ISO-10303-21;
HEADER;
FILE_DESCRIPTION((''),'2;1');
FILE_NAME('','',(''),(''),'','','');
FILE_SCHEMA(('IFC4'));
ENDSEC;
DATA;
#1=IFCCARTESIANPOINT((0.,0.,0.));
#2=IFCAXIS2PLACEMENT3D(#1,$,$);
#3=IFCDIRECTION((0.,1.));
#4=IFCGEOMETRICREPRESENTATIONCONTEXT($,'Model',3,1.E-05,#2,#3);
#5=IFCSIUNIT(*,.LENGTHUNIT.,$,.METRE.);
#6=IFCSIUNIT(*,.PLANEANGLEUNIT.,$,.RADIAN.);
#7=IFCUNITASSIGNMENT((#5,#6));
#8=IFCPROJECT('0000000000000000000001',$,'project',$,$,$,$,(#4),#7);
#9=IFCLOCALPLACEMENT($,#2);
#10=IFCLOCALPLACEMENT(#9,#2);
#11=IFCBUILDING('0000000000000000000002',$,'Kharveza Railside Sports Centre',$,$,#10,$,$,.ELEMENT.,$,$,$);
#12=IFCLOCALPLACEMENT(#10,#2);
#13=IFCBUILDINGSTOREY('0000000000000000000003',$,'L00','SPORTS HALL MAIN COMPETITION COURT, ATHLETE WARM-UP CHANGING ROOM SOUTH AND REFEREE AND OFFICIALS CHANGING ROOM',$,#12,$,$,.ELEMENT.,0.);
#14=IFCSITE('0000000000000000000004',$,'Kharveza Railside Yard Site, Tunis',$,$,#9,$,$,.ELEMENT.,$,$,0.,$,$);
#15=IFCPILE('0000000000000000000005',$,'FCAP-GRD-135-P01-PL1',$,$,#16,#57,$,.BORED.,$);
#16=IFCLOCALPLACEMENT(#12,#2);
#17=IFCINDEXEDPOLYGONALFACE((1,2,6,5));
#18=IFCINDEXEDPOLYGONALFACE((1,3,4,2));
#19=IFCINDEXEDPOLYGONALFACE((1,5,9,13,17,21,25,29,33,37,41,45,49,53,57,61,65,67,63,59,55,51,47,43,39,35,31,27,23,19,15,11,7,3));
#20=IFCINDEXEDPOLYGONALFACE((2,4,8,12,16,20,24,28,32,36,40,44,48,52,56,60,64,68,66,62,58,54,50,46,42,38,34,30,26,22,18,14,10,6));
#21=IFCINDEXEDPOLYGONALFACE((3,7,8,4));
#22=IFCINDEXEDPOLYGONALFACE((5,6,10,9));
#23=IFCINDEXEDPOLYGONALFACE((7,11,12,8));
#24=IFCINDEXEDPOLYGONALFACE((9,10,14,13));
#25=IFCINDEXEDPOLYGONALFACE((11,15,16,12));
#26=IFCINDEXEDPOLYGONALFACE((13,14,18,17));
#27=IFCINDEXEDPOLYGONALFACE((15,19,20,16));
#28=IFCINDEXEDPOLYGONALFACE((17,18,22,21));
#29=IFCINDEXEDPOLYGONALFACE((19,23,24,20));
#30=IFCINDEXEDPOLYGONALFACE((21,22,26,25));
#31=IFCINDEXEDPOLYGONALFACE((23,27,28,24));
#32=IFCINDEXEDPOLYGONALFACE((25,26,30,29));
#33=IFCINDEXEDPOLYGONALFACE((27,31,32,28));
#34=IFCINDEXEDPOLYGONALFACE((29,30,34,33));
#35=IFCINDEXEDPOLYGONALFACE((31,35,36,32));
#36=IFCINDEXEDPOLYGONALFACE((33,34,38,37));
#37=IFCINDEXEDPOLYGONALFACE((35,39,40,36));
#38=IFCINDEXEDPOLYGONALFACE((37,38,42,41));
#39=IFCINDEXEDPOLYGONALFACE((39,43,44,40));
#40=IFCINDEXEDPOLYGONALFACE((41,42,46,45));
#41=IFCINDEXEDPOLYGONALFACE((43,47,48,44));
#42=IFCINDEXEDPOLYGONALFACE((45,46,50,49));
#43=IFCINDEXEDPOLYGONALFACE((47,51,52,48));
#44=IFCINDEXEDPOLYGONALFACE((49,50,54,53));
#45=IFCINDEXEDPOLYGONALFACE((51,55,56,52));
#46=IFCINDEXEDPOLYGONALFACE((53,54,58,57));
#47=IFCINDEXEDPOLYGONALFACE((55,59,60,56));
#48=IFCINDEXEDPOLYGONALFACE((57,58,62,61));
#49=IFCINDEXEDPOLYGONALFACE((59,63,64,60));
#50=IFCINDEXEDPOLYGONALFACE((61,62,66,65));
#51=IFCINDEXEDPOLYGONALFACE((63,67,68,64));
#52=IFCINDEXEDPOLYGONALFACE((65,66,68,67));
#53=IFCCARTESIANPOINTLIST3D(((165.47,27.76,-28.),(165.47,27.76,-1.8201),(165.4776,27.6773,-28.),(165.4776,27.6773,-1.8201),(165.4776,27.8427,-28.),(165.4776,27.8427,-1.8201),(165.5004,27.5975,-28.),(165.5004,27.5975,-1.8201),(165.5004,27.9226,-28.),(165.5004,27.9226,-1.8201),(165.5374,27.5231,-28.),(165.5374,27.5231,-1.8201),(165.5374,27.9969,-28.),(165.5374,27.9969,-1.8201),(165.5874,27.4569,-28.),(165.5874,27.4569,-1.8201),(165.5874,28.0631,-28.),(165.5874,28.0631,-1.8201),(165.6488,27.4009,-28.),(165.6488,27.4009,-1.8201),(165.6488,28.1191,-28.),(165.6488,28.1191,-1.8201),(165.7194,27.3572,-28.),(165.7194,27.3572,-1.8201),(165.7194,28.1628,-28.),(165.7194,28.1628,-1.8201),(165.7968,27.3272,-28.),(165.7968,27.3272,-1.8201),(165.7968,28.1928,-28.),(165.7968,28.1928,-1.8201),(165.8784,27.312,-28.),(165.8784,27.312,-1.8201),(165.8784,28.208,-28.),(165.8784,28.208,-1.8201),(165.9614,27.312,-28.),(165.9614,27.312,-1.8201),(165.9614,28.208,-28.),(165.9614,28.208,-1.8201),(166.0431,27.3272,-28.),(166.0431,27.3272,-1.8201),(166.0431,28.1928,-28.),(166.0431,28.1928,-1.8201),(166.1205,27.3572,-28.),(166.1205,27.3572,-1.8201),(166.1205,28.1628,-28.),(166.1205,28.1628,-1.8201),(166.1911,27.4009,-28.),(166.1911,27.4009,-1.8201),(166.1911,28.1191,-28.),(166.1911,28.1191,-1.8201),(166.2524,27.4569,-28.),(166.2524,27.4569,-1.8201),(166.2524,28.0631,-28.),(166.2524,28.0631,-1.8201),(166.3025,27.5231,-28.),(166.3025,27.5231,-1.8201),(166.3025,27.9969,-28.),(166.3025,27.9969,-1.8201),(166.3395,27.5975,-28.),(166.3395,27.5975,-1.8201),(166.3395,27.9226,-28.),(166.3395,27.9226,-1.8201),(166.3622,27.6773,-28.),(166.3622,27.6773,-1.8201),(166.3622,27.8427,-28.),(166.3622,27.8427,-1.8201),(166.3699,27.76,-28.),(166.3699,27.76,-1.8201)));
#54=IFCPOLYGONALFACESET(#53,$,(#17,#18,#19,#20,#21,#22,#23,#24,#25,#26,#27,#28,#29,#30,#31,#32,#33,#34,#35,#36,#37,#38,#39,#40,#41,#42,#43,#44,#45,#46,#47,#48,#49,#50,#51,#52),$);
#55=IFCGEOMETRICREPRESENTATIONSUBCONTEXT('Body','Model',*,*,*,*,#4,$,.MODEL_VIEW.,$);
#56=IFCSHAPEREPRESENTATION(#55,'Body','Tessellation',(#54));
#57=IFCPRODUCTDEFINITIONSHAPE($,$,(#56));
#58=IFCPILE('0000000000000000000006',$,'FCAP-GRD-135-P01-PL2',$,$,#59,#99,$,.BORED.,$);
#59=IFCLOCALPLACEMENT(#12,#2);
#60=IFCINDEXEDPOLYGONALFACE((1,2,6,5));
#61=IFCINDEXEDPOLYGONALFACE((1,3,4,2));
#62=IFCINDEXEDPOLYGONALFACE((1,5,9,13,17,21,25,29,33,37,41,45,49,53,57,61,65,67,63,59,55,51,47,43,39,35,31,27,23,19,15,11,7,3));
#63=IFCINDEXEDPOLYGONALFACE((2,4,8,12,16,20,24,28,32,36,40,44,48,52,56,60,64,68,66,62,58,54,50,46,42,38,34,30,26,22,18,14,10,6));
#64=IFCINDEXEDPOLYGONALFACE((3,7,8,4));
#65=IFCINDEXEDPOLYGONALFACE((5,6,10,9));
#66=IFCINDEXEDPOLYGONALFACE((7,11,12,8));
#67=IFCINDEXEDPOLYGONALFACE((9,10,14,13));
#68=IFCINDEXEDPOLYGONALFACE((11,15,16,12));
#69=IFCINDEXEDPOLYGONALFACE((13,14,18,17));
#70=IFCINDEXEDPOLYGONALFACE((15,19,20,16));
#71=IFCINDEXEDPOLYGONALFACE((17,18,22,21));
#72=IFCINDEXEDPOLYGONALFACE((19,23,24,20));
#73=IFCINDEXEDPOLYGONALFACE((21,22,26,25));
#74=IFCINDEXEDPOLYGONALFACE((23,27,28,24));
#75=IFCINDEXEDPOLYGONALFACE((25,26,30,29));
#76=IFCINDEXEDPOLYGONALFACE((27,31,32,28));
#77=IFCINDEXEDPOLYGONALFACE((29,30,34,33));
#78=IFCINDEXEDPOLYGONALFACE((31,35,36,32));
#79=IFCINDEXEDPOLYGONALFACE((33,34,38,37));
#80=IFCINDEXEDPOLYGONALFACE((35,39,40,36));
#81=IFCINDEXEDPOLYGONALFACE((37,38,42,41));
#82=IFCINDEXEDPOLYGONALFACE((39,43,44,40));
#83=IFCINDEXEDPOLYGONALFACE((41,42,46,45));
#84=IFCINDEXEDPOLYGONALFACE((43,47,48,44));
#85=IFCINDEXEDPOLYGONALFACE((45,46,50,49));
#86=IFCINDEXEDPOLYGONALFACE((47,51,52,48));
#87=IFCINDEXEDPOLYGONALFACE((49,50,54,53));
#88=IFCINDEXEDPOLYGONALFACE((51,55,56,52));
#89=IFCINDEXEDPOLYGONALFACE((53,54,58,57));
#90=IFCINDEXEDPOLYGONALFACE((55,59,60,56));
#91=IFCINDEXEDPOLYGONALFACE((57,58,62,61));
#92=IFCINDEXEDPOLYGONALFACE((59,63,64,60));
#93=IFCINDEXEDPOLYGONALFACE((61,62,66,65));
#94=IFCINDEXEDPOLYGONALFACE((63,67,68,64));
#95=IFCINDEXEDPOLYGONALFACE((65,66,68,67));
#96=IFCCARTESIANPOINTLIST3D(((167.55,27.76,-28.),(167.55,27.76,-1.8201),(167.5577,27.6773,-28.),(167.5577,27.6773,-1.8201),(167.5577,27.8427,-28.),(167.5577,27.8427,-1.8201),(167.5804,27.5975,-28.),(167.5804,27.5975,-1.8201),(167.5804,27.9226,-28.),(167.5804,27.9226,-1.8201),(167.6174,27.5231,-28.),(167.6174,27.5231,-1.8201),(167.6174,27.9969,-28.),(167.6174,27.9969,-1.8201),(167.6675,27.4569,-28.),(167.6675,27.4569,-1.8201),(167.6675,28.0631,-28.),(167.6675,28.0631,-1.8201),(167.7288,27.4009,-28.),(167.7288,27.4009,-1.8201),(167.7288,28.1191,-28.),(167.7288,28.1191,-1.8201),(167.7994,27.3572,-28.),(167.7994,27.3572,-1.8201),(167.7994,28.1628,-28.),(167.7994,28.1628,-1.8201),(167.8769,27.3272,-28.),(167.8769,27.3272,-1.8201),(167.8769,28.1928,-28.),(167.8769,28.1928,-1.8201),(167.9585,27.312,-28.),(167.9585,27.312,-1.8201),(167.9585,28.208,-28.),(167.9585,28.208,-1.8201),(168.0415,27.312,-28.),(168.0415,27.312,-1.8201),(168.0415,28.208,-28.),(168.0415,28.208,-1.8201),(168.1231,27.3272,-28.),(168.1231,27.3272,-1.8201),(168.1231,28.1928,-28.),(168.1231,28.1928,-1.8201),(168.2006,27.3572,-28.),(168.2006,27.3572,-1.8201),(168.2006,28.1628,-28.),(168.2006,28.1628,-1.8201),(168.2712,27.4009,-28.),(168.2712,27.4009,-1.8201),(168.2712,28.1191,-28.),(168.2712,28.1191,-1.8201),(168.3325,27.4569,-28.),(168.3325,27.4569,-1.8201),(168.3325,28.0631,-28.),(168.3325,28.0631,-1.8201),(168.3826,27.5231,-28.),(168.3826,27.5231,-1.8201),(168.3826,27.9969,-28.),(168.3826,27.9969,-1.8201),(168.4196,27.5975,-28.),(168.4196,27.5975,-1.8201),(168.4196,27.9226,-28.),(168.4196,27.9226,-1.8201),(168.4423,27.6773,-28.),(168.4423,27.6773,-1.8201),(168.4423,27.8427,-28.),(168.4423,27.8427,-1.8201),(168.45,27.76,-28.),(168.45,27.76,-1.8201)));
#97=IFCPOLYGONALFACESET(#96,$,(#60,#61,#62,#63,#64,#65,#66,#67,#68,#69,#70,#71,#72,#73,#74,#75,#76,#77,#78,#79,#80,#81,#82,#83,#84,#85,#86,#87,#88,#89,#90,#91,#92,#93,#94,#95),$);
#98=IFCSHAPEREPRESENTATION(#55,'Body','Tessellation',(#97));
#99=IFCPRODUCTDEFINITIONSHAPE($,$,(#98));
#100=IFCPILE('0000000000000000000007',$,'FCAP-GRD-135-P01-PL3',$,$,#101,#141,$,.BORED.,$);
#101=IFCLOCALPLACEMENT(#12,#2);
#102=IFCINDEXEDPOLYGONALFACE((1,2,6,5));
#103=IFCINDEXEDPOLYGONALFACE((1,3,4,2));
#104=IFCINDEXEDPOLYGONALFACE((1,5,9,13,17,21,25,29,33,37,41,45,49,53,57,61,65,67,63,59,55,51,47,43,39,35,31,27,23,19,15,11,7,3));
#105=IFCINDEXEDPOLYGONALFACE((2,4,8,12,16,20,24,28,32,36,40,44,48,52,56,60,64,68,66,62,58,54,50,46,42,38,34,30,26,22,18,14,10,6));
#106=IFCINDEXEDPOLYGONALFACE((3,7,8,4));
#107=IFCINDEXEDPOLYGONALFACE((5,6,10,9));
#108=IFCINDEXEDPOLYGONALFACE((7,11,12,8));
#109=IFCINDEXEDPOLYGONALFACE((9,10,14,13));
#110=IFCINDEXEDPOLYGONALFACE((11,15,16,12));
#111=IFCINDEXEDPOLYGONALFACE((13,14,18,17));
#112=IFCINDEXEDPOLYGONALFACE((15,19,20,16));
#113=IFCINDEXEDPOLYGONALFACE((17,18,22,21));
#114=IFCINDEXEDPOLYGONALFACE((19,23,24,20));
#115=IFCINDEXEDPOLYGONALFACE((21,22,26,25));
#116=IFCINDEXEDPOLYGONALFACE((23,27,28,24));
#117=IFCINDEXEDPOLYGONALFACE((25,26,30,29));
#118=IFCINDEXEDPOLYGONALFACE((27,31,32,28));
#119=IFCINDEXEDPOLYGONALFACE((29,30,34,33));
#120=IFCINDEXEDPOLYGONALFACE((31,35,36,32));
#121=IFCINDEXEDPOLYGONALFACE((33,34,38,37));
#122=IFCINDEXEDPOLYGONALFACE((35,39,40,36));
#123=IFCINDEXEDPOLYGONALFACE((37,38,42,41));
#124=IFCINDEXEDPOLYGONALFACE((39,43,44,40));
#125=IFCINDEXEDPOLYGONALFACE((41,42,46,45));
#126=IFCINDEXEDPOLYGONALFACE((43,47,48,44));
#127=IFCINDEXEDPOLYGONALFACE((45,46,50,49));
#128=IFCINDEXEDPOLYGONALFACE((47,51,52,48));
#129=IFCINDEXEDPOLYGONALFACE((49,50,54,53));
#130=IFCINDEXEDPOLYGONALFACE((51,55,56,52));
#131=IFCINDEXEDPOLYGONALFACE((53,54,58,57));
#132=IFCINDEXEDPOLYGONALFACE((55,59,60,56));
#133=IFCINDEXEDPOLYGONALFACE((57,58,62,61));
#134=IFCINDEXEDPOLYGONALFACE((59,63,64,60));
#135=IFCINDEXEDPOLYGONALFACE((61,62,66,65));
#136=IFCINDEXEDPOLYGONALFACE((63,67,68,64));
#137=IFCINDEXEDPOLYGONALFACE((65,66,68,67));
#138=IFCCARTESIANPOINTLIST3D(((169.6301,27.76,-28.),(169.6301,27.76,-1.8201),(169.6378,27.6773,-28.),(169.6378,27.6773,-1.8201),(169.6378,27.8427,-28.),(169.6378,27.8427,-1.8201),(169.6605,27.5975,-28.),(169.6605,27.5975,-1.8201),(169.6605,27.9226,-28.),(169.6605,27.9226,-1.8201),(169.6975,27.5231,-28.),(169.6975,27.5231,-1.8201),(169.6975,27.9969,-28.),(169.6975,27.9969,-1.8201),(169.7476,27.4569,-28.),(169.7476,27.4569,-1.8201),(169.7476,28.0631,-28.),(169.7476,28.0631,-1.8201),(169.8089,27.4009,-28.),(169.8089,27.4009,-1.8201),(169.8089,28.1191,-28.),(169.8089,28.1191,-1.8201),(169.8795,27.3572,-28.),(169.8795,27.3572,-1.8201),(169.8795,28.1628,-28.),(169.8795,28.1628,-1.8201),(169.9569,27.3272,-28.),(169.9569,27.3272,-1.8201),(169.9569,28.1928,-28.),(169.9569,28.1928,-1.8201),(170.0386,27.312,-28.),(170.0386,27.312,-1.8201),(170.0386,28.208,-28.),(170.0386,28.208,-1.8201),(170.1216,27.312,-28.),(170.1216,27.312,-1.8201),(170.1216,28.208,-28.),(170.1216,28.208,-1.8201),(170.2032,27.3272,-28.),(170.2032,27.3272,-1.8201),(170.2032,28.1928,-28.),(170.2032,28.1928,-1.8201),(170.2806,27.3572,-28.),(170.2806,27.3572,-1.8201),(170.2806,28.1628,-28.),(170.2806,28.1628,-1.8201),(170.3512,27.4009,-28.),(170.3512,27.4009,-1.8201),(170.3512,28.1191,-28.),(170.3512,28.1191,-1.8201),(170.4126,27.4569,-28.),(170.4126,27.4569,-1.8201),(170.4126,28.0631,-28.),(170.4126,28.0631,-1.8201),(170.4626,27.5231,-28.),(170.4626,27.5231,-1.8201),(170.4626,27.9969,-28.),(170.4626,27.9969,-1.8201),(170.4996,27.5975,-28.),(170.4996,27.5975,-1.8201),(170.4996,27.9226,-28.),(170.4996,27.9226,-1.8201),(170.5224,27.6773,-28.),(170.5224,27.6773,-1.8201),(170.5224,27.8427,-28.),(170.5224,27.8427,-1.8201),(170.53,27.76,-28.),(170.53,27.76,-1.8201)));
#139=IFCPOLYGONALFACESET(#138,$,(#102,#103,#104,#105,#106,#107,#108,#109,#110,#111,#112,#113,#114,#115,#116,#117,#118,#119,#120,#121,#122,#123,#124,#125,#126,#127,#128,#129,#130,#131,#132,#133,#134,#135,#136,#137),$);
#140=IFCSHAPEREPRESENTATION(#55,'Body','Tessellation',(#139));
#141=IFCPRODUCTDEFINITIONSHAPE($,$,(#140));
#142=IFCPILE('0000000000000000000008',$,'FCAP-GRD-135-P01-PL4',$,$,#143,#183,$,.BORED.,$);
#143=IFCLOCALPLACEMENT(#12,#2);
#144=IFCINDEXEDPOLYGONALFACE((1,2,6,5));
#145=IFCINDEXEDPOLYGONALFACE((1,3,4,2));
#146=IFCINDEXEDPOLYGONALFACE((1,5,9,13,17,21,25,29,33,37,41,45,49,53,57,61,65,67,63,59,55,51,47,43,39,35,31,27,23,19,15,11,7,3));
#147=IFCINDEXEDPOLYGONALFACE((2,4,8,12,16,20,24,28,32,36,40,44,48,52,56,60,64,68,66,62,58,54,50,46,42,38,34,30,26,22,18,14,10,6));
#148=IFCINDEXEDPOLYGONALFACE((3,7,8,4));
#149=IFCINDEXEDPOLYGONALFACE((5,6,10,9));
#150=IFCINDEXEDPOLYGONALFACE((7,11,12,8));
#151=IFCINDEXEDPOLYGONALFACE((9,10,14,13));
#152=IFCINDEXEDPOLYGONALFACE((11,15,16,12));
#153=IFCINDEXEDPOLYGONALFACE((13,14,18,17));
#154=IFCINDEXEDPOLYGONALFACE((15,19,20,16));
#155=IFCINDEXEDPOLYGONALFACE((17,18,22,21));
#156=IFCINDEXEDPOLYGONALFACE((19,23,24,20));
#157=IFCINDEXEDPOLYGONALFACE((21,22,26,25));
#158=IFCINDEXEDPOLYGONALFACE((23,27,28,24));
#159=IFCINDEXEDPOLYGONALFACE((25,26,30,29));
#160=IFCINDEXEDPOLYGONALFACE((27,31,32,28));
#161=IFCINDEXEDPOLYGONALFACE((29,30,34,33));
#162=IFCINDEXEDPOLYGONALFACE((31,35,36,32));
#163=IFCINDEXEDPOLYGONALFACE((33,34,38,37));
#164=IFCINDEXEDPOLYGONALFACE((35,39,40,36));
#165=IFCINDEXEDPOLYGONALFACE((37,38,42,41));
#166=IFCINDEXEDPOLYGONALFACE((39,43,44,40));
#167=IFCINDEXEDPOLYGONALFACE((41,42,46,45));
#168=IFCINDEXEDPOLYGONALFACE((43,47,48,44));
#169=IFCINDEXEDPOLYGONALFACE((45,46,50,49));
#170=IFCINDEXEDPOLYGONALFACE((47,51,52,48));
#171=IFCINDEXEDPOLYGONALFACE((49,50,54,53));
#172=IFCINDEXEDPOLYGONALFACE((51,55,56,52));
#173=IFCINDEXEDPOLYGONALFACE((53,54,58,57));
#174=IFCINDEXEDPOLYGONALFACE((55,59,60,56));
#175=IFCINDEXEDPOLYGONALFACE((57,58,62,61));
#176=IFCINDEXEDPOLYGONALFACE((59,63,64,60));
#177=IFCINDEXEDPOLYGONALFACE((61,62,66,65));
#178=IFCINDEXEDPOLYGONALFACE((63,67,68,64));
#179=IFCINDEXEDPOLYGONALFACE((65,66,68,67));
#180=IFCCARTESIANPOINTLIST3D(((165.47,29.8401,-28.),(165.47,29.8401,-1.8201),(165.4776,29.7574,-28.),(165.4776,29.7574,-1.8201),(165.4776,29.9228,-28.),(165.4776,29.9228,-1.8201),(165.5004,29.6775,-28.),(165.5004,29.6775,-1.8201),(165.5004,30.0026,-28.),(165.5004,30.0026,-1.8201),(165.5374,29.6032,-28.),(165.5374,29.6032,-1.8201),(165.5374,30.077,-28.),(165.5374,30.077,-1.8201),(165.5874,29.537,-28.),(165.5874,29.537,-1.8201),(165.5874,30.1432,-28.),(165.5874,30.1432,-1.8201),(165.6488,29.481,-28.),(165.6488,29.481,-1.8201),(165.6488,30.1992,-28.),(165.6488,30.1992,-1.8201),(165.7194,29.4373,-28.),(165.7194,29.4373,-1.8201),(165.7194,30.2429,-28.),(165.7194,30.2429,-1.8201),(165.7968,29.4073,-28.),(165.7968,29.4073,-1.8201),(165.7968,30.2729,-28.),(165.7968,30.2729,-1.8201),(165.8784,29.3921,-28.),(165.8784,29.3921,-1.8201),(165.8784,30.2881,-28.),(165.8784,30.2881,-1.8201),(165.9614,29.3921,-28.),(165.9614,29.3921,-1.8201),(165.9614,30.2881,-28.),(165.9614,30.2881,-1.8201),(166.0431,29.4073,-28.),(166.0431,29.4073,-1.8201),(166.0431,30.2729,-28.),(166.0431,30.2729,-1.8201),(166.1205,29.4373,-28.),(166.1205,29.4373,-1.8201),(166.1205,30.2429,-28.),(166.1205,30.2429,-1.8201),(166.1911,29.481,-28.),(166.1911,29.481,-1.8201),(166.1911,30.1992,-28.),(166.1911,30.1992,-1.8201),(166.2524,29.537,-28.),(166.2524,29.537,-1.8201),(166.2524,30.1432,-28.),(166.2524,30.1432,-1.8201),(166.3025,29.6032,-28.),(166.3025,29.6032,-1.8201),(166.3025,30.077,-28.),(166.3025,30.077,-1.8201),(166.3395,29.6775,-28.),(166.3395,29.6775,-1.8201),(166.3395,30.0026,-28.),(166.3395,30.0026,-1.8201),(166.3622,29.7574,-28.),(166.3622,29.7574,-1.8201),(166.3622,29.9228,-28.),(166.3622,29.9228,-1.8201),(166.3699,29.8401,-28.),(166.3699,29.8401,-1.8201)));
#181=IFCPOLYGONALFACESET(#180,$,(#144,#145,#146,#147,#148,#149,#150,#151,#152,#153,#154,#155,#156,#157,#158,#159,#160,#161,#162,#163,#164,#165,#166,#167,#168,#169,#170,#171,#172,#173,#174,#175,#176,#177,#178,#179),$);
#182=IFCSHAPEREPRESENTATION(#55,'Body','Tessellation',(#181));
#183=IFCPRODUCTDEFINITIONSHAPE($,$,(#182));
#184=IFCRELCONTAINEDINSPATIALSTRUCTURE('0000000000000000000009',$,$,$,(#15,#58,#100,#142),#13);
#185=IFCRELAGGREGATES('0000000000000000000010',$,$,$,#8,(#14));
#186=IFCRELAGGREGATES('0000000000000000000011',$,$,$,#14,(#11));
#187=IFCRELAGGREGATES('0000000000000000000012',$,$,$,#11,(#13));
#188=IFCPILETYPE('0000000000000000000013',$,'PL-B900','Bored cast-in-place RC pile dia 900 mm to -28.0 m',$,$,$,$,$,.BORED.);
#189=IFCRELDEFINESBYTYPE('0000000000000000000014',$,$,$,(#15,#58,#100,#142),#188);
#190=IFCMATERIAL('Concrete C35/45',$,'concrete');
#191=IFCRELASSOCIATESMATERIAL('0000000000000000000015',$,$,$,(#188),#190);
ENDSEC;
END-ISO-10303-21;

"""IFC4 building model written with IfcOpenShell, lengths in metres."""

from ifc_helpers import new_model, si_unit, direction, frame, origin, origin_2d, place, context, subcontext, project, spatial, circle, extrude, material, material_profile, profile_set, type_object, element, save


model = new_model("IFC4")

# Units and contexts
model_context = context("Model", 3, precision=1e-05, world=origin(), true_north=direction((0.0, 1.0)))
body_context = subcontext(model_context, "Body", "Model", "MODEL_VIEW")
ifc_project = project(units=[si_unit("LENGTHUNIT", "METRE"), si_unit("PLANEANGLEUNIT", "RADIAN")], contexts=[model_context])

# Site, building, storey
site_placement = place(None, origin())
site = spatial("IfcSite", under=ifc_project, at=site_placement, Name="Kharveza Railside Yard Site, Tunis", CompositionType="ELEMENT", RefElevation=0.0)
building_placement = place(site_placement, origin())
building = spatial("IfcBuilding", under=site, at=building_placement, Name="Kharveza Railside Sports Centre", CompositionType="ELEMENT")
storey_placement = place(building_placement, origin())
storey = spatial("IfcBuildingStorey", under=building, at=storey_placement, Name="L00", Description="SPORTS HALL MAIN COMPETITION COURT, ATHLETE WARM-UP CHANGING ROOM SOUTH AND REFEREE AND OFFICIALS CHANGING ROOM", CompositionType="ELEMENT", Elevation=0.0)

# Shared definitions
ifc_material_1 = material(Name="Concrete C35/45", Category="concrete")

# Piles
ifc_material_profile_1 = material_profile(ifc_material_1, circle(Radius=0.45, at=origin_2d()), Name="PILE D900")
ifc_profile_set_1 = profile_set([ifc_material_profile_1], Name="Concrete C35/45")
pile_type_1 = type_object("IfcPileType", Name="PL-B900", Description="Bored cast-in-place RC pile dia 900 mm to -28.0 m", PredefinedType="BORED", material=ifc_profile_set_1)
for number, where, z_axis, x_axis, name in (
    (1, (165.9199, 27.76, -1.8201), (0.0, 0.0, -1.0), (1.0, 0.0, 0.0), "FCAP-GRD-135-P01-PL1"),
    (2, (168.0, 27.76, -1.8201), (0.0, 0.0, -1.0), (1.0, 0.0, 0.0), "FCAP-GRD-135-P01-PL2"),
    (3, (170.0801, 27.76, -1.8201), (0.0, 0.0, -1.0), (1.0, 0.0, 0.0), "FCAP-GRD-135-P01-PL3"),
    (4, (165.9199, 29.8401, -1.8201), (0.0, 0.0, -1.0), (1.0, 0.0, 0.0), "FCAP-GRD-135-P01-PL4"),
):
    element("IfcPile", number, at=place(storey_placement, frame(where, z_axis=z_axis, x_axis=x_axis)), inside=storey, type_object=pile_type_1, Name=name, PredefinedType="BORED", context=body_context, shape_type="SweptSolid", body=[
        extrude(circle(Radius=0.45, at=origin_2d()), origin(), (0.0, 0.0, 1.0), 26.1799),
    ])

save(model, "model.ifc")
